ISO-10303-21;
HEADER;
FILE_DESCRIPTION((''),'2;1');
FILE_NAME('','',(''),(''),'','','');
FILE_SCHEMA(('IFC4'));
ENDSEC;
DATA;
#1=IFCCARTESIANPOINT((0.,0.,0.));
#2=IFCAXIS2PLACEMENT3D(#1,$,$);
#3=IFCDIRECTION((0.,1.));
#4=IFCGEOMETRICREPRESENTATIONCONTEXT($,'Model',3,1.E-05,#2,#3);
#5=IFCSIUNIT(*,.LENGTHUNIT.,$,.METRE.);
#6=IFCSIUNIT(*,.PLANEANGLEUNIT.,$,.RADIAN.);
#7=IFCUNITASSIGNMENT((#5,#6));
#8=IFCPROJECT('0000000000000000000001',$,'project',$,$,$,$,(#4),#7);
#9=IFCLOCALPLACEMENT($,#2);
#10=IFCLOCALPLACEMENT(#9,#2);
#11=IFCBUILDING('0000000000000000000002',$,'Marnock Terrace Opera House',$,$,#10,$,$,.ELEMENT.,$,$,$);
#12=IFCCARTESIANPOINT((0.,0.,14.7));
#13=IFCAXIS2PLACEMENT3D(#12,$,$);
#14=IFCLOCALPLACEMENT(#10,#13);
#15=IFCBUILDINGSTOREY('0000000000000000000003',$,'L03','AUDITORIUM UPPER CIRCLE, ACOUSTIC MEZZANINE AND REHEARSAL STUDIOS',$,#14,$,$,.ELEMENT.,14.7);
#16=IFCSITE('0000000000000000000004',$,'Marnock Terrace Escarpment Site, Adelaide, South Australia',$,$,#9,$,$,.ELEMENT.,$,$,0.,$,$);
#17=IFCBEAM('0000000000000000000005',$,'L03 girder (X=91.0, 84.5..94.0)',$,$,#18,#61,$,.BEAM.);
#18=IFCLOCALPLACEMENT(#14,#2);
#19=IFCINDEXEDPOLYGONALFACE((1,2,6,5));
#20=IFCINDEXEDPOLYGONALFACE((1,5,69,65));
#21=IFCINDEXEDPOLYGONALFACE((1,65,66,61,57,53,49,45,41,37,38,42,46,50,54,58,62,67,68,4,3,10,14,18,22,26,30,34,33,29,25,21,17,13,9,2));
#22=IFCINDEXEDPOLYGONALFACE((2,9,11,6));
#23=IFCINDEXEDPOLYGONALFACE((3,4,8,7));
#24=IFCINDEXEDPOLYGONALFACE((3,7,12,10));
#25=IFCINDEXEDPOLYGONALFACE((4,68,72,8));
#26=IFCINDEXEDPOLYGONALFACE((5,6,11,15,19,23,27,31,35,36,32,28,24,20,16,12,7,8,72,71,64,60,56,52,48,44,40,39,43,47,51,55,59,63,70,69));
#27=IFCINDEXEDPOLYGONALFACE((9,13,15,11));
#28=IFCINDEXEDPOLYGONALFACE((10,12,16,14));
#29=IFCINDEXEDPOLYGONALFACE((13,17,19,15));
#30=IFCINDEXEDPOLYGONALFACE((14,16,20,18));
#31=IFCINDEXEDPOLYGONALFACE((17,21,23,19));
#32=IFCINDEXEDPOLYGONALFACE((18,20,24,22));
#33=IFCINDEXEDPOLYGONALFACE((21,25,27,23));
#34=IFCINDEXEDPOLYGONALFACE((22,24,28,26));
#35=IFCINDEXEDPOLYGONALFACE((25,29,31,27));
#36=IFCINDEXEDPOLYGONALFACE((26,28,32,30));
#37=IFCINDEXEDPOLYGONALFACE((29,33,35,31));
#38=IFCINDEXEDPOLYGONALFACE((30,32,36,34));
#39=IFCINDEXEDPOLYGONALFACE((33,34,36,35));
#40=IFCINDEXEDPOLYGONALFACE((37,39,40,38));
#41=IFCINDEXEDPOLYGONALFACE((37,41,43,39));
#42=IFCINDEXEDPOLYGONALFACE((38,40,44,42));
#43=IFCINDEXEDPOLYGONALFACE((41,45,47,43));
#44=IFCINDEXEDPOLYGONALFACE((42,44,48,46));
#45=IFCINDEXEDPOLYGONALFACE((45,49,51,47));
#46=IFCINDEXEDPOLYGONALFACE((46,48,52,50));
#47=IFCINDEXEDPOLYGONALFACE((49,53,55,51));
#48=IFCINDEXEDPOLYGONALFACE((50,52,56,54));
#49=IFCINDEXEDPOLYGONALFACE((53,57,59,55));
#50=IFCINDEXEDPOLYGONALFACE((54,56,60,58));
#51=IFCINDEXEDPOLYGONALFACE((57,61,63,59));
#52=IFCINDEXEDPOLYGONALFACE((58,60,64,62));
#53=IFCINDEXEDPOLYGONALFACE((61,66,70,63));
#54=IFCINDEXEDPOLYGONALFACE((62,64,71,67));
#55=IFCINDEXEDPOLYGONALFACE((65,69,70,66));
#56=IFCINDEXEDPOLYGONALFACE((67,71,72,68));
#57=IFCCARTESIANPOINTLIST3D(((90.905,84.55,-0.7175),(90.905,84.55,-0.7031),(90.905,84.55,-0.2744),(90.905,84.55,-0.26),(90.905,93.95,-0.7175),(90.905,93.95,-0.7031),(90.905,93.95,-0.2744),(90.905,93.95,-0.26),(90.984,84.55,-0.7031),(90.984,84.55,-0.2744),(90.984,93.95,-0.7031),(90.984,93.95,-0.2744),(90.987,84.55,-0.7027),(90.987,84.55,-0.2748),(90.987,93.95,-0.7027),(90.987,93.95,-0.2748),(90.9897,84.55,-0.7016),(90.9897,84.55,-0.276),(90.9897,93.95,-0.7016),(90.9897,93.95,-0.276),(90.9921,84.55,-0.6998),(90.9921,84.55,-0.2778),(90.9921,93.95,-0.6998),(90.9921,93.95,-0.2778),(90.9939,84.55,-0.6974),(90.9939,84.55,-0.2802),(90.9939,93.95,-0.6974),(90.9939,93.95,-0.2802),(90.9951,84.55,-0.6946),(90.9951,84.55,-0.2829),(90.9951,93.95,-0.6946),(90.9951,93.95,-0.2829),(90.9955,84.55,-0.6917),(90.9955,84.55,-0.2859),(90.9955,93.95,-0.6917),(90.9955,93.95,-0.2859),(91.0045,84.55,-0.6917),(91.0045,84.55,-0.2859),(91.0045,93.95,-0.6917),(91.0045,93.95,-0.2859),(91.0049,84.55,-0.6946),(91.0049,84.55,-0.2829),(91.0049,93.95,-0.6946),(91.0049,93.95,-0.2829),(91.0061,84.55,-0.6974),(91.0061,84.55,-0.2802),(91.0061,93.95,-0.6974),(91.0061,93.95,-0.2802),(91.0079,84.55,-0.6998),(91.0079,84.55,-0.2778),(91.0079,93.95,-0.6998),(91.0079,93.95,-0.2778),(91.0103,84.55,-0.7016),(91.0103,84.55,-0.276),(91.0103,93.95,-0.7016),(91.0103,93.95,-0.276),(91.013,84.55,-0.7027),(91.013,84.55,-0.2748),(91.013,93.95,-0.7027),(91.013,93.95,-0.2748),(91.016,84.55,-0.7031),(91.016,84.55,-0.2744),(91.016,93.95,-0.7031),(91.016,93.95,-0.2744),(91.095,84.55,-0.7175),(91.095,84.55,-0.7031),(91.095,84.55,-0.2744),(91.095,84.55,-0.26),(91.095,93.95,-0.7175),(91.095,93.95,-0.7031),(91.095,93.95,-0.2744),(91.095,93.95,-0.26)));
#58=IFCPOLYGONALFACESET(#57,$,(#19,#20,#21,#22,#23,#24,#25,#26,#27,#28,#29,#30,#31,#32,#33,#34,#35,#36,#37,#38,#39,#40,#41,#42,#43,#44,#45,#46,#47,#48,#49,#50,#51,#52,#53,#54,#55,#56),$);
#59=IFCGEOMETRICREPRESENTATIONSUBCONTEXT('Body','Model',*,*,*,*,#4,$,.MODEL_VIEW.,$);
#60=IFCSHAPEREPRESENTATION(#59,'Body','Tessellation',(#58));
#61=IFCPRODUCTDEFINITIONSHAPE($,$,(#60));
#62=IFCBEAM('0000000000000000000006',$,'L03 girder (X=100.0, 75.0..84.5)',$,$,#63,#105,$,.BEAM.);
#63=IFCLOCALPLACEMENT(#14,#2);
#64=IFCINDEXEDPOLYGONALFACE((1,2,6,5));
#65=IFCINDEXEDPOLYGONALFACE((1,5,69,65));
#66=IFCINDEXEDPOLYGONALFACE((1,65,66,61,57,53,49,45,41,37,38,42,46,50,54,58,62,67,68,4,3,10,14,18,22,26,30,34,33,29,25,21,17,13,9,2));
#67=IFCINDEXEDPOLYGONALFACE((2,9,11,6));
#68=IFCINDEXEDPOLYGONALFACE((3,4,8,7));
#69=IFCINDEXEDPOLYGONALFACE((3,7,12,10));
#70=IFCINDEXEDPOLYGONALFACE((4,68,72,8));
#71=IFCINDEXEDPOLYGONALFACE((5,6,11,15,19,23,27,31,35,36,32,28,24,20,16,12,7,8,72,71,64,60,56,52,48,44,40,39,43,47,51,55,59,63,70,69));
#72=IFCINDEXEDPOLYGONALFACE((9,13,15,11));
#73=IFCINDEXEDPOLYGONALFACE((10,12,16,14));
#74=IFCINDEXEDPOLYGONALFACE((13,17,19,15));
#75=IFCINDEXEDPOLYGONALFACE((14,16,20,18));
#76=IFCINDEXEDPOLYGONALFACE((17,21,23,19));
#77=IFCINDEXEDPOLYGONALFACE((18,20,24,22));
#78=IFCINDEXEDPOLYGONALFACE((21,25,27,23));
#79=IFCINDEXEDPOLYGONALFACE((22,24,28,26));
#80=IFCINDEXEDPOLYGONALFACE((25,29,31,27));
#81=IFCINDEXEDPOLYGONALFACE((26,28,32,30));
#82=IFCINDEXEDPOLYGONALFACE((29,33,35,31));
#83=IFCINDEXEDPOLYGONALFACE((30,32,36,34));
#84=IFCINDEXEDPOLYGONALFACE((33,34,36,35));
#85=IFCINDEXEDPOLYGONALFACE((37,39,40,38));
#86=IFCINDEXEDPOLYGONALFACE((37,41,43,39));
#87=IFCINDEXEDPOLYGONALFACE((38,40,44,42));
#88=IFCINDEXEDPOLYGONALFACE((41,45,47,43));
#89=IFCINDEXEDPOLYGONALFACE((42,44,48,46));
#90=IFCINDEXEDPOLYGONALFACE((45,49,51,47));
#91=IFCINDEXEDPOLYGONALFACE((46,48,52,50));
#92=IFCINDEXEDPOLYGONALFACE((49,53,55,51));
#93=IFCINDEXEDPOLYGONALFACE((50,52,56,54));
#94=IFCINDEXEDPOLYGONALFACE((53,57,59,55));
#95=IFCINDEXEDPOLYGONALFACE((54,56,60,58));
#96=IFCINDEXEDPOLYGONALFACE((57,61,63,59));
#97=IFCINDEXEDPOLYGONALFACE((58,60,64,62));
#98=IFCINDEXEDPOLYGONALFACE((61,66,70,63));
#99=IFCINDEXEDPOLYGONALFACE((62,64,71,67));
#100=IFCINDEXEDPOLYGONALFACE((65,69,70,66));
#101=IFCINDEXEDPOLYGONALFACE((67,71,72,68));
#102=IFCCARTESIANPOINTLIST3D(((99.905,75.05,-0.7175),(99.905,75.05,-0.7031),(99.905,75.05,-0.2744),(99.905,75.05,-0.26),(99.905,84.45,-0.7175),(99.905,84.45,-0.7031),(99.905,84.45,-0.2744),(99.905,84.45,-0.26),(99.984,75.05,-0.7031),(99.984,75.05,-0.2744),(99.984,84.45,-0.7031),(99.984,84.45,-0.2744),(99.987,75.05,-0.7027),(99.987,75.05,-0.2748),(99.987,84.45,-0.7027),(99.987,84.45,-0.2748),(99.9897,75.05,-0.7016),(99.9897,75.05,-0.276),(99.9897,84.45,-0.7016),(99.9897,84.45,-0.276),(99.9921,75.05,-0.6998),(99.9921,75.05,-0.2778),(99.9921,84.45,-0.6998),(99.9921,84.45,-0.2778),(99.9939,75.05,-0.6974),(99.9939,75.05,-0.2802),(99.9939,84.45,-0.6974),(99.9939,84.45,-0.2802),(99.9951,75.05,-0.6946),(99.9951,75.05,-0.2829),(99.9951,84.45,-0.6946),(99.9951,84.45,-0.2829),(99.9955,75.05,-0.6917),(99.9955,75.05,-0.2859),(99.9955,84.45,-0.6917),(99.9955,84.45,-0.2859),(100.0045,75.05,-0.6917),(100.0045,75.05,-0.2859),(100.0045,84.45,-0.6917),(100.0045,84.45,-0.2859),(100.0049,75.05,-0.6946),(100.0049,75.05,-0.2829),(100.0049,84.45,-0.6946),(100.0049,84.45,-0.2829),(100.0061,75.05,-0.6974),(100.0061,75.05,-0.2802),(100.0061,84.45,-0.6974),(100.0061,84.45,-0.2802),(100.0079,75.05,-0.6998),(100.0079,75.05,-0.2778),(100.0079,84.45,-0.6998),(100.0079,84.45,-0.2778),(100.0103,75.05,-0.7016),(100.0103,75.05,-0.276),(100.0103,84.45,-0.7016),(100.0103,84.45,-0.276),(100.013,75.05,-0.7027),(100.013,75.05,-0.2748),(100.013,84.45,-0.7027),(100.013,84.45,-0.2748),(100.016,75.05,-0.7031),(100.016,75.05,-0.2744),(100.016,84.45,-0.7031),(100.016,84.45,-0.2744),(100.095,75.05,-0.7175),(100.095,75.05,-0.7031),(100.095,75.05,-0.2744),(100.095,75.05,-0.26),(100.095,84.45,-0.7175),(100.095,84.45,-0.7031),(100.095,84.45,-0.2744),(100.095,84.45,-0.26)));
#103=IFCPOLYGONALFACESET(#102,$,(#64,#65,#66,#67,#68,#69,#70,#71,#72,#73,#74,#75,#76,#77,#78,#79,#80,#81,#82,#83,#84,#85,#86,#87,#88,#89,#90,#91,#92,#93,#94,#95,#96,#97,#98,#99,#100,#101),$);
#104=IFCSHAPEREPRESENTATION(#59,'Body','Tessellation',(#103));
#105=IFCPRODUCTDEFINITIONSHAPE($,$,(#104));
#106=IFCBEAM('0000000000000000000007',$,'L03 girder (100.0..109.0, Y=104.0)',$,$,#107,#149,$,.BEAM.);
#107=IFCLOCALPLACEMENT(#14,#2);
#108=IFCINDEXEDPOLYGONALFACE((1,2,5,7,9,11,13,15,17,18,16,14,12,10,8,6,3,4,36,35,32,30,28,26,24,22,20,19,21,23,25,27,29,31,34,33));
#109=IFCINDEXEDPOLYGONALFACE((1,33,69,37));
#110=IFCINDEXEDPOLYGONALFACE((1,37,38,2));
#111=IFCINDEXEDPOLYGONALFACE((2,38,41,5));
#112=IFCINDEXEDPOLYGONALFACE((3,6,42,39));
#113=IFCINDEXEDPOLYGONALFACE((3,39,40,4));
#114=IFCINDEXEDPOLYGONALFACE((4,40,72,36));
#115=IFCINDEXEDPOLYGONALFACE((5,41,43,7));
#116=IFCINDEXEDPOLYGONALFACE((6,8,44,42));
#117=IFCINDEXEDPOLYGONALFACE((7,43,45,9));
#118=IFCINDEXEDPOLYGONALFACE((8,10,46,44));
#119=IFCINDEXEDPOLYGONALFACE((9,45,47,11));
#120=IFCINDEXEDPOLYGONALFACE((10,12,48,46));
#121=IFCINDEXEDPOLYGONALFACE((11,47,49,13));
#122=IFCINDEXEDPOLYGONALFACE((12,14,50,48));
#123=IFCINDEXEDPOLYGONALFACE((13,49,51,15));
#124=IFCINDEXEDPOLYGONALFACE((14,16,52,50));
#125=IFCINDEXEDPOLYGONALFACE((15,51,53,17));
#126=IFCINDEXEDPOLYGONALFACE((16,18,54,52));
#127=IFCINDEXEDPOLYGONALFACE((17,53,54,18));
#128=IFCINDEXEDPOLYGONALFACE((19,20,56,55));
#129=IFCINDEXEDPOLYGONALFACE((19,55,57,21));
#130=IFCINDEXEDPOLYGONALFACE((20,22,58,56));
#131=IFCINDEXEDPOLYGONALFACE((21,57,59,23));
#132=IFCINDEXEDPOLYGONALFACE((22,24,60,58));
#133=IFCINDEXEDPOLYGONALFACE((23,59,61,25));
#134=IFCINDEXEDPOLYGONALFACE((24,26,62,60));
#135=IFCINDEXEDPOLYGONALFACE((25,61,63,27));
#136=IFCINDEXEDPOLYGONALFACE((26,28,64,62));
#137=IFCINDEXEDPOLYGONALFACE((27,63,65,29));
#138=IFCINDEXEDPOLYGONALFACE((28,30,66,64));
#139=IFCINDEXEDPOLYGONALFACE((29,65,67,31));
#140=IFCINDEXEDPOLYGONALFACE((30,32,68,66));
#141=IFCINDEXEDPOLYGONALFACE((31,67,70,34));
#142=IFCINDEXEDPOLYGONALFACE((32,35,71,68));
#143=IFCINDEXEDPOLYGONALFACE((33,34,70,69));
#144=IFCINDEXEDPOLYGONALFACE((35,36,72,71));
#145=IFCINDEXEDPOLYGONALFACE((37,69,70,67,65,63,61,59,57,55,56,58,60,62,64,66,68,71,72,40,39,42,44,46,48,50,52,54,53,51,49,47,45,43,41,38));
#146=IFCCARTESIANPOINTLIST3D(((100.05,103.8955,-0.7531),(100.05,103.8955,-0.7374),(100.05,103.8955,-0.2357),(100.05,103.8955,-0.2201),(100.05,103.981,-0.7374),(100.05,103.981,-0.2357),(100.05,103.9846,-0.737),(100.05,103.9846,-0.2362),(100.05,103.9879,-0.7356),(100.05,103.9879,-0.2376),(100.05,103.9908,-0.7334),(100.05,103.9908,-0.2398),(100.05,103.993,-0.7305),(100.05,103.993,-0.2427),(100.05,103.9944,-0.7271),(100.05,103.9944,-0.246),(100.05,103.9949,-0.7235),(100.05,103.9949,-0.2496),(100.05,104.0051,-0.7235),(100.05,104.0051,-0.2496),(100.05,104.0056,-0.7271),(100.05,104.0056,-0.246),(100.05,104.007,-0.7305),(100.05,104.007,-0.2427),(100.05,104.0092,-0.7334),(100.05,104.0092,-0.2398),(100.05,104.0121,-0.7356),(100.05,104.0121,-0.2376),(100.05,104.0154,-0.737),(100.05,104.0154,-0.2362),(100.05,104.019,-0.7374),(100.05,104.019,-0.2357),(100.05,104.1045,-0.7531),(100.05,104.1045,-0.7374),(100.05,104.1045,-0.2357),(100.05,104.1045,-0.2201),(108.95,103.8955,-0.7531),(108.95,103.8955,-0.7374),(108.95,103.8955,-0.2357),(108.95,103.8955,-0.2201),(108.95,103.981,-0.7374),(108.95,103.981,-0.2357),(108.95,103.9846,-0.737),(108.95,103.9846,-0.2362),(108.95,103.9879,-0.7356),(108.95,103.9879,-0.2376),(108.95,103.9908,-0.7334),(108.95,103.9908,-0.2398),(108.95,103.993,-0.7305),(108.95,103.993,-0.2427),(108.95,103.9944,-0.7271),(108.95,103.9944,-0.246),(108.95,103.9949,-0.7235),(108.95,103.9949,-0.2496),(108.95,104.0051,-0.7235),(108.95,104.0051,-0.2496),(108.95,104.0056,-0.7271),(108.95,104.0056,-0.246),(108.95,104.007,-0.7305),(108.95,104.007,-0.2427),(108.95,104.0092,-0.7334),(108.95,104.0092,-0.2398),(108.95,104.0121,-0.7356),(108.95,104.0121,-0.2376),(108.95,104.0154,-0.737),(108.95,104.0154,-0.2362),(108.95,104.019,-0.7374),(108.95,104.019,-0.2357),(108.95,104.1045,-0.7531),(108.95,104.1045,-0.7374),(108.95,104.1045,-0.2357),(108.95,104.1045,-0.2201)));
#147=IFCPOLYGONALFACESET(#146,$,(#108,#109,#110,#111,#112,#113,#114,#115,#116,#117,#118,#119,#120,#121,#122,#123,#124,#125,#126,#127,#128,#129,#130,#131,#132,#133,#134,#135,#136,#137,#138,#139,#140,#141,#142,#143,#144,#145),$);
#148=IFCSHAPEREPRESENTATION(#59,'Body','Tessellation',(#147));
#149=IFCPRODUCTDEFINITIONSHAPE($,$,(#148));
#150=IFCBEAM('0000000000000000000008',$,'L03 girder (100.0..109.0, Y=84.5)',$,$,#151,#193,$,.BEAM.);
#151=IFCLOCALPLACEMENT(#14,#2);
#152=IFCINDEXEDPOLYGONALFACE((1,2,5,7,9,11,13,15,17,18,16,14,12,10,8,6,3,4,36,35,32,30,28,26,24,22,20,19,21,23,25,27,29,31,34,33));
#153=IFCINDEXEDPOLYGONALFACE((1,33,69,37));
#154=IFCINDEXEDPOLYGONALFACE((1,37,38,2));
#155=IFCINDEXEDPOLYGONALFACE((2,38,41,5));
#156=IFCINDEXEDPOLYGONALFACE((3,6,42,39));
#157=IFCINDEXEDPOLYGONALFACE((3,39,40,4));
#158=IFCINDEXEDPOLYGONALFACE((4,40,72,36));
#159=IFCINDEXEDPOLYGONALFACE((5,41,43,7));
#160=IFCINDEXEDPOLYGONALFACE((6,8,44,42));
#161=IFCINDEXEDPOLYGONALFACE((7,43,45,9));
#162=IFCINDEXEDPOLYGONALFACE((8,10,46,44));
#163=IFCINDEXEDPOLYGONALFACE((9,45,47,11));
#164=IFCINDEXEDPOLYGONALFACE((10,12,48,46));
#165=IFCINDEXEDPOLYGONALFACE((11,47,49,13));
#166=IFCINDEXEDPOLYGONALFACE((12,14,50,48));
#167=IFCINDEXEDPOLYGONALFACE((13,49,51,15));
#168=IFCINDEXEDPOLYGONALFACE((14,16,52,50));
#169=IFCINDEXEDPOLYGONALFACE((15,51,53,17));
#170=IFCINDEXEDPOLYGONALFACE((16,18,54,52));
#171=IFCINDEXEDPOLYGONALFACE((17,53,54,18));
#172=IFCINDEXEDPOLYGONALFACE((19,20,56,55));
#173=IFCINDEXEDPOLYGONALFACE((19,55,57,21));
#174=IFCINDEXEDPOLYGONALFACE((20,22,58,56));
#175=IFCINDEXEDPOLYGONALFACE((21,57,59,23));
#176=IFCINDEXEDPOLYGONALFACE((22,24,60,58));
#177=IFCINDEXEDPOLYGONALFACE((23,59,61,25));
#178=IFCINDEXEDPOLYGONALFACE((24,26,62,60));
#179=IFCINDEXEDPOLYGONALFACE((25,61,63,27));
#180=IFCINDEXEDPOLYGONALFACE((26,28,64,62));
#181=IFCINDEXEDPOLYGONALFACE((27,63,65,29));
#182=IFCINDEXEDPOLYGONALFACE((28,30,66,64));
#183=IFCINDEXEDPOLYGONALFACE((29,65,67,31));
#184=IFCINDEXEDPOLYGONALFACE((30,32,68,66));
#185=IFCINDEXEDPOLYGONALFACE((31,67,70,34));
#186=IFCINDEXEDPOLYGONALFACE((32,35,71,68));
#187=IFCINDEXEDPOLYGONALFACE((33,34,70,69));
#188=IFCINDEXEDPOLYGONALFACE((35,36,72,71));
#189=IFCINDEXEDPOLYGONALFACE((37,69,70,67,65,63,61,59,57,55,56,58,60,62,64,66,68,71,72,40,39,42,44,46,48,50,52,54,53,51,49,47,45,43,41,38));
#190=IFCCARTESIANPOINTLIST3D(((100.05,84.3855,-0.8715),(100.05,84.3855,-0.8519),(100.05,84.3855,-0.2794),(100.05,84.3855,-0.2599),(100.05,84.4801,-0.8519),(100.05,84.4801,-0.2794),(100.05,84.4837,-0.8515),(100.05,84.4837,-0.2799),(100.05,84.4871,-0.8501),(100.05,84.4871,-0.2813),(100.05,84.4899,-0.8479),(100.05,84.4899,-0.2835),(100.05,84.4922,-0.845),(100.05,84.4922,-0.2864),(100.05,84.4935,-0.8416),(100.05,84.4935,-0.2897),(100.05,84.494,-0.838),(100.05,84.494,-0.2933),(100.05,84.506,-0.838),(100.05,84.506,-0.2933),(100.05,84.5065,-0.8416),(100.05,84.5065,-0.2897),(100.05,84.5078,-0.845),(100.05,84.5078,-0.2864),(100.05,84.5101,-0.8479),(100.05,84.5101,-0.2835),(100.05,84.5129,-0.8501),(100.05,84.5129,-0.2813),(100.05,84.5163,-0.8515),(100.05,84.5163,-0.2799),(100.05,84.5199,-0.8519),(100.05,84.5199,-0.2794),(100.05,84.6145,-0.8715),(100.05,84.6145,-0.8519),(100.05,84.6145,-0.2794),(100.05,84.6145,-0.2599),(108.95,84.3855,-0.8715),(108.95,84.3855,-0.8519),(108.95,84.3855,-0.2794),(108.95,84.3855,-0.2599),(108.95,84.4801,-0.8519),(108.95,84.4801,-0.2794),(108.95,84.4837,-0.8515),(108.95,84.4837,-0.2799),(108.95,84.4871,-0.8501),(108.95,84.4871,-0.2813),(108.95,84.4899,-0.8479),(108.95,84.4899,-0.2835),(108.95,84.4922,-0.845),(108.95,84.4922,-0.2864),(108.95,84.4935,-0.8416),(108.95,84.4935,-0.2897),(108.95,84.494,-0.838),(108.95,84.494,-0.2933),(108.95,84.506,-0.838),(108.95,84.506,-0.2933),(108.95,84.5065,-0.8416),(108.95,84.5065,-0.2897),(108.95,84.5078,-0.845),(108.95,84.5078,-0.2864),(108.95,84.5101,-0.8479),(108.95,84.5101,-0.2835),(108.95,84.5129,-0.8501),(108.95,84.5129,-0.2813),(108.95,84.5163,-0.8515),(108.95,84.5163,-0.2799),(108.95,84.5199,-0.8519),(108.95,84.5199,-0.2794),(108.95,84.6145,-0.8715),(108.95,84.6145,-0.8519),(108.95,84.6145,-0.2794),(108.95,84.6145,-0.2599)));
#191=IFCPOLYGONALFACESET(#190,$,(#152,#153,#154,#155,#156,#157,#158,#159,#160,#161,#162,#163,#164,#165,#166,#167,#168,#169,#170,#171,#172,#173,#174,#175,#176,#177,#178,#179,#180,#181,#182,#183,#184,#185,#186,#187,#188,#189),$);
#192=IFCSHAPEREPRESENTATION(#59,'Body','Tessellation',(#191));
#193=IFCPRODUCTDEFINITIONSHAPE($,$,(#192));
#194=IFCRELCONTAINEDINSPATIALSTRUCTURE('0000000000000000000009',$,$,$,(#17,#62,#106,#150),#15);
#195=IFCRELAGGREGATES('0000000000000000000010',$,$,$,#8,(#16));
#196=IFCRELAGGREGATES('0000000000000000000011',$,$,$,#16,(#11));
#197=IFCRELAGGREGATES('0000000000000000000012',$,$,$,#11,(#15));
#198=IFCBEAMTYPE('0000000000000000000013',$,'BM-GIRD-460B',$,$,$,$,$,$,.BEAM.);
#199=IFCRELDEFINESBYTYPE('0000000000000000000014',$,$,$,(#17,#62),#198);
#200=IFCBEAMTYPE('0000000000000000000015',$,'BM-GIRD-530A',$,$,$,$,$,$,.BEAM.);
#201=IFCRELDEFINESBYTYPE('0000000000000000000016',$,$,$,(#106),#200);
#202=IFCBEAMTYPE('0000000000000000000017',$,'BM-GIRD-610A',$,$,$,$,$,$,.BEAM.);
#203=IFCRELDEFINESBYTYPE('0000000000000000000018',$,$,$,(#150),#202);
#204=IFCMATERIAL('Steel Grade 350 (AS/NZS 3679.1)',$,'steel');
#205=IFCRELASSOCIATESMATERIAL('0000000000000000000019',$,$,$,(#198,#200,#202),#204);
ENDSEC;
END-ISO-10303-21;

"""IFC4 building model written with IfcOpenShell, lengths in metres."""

from ifc_helpers import new_model, si_unit, direction, frame, origin, origin_2d, place, context, subcontext, project, spatial, i_section, extrude, material, material_profile, profile_set, type_object, element, save


model = new_model("IFC4")

# Units and contexts
model_context = context("Model", 3, precision=1e-05, world=origin(), true_north=direction((0.0, 1.0)))
body_context = subcontext(model_context, "Body", "Model", "MODEL_VIEW")
ifc_project = project(units=[si_unit("LENGTHUNIT", "METRE"), si_unit("PLANEANGLEUNIT", "RADIAN")], contexts=[model_context])

# Site, building, storey
site_placement = place(None, origin())
site = spatial("IfcSite", under=ifc_project, at=site_placement, Name="Marnock Terrace Escarpment Site, Adelaide, South Australia", CompositionType="ELEMENT", RefElevation=0.0)
building_placement = place(site_placement, origin())
building = spatial("IfcBuilding", under=site, at=building_placement, Name="Marnock Terrace Opera House", CompositionType="ELEMENT")
storey_placement = place(building_placement, frame((0.0, 0.0, 14.7)))
storey = spatial("IfcBuildingStorey", under=building, at=storey_placement, Name="L03", Description="AUDITORIUM UPPER CIRCLE, ACOUSTIC MEZZANINE AND REHEARSAL STUDIOS", CompositionType="ELEMENT", Elevation=14.7)

# Beams
ifc_material_1 = material(Name="Steel Grade 350 (AS/NZS 3679.1)", Category="steel")
ifc_material_profile_1 = material_profile(ifc_material_1, i_section(OverallWidth=0.1899, OverallDepth=0.4575, WebThickness=0.009, FlangeThickness=0.0144, FilletRadius=0.0115, at=origin_2d()))
ifc_profile_set_1 = profile_set([ifc_material_profile_1], Name="Steel Grade 350 (AS/NZS 3679.1)")
beam_type_1 = type_object("IfcBeamType", Name="BM-GIRD-460B", PredefinedType="BEAM", material=ifc_profile_set_1)
for number, where, z_axis, x_axis, name in (
    (1, (91.0, 84.55, -0.4888), (0.0, 1.0, 0.0), (-1.0, 0.0, 0.0), "L03 girder (X=91.0, 84.5..94.0)"),
    (2, (100.0, 75.05, -0.4888), (0.0, 1.0, 0.0), (-1.0, 0.0, 0.0), "L03 girder (X=100.0, 75.0..84.5)"),
):
    element("IfcBeam", number, at=place(storey_placement, frame(where, z_axis=z_axis, x_axis=x_axis)), inside=storey, type_object=beam_type_1, Name=name, PredefinedType="BEAM", context=body_context, shape_type="SweptSolid", body=[
        extrude(i_section(OverallWidth=0.1899, OverallDepth=0.4575, WebThickness=0.009, FlangeThickness=0.0144, FilletRadius=0.0115, at=origin_2d()), origin(), (0.0, 0.0, 1.0), 9.3999),
    ])
ifc_material_profile_2 = material_profile(ifc_material_1, i_section(OverallWidth=0.209, OverallDepth=0.533, WebThickness=0.0103, FlangeThickness=0.0156, FilletRadius=0.0139, at=origin_2d()))
ifc_profile_set_2 = profile_set([ifc_material_profile_2], Name="Steel Grade 350 (AS/NZS 3679.1)")
beam_type_2 = type_object("IfcBeamType", Name="BM-GIRD-530A", PredefinedType="BEAM", material=ifc_profile_set_2)
beam_1_placement = place(storey_placement, frame((100.05, 104.0, -0.4866), z_axis=(1.0, 0.0, 0.0), x_axis=(0.0, 1.0, 0.0)))
element("IfcBeam", 3, at=beam_1_placement, inside=storey, type_object=beam_type_2, Name="L03 girder (100.0..109.0, Y=104.0)", PredefinedType="BEAM", context=body_context, shape_type="SweptSolid", body=[
    extrude(i_section(OverallWidth=0.209, OverallDepth=0.533, WebThickness=0.0103, FlangeThickness=0.0156, FilletRadius=0.0139, at=origin_2d()), origin(), (0.0, 0.0, 1.0), 8.8999),
])
ifc_material_profile_3 = material_profile(ifc_material_1, i_section(OverallWidth=0.229, OverallDepth=0.6116, WebThickness=0.012, FlangeThickness=0.0195, FilletRadius=0.0139, at=origin_2d()))
ifc_profile_set_3 = profile_set([ifc_material_profile_3], Name="Steel Grade 350 (AS/NZS 3679.1)")
beam_type_3 = type_object("IfcBeamType", Name="BM-GIRD-610A", PredefinedType="BEAM", material=ifc_profile_set_3)
beam_2_placement = place(storey_placement, frame((100.05, 84.5, -0.5657), z_axis=(1.0, 0.0, 0.0), x_axis=(0.0, 1.0, 0.0)))
element("IfcBeam", 4, at=beam_2_placement, inside=storey, type_object=beam_type_3, Name="L03 girder (100.0..109.0, Y=84.5)", PredefinedType="BEAM", context=body_context, shape_type="SweptSolid", body=[
    extrude(i_section(OverallWidth=0.229, OverallDepth=0.6116, WebThickness=0.012, FlangeThickness=0.0195, FilletRadius=0.0139, at=origin_2d()), origin(), (0.0, 0.0, 1.0), 8.8999),
])

save(model, "model.ifc")
